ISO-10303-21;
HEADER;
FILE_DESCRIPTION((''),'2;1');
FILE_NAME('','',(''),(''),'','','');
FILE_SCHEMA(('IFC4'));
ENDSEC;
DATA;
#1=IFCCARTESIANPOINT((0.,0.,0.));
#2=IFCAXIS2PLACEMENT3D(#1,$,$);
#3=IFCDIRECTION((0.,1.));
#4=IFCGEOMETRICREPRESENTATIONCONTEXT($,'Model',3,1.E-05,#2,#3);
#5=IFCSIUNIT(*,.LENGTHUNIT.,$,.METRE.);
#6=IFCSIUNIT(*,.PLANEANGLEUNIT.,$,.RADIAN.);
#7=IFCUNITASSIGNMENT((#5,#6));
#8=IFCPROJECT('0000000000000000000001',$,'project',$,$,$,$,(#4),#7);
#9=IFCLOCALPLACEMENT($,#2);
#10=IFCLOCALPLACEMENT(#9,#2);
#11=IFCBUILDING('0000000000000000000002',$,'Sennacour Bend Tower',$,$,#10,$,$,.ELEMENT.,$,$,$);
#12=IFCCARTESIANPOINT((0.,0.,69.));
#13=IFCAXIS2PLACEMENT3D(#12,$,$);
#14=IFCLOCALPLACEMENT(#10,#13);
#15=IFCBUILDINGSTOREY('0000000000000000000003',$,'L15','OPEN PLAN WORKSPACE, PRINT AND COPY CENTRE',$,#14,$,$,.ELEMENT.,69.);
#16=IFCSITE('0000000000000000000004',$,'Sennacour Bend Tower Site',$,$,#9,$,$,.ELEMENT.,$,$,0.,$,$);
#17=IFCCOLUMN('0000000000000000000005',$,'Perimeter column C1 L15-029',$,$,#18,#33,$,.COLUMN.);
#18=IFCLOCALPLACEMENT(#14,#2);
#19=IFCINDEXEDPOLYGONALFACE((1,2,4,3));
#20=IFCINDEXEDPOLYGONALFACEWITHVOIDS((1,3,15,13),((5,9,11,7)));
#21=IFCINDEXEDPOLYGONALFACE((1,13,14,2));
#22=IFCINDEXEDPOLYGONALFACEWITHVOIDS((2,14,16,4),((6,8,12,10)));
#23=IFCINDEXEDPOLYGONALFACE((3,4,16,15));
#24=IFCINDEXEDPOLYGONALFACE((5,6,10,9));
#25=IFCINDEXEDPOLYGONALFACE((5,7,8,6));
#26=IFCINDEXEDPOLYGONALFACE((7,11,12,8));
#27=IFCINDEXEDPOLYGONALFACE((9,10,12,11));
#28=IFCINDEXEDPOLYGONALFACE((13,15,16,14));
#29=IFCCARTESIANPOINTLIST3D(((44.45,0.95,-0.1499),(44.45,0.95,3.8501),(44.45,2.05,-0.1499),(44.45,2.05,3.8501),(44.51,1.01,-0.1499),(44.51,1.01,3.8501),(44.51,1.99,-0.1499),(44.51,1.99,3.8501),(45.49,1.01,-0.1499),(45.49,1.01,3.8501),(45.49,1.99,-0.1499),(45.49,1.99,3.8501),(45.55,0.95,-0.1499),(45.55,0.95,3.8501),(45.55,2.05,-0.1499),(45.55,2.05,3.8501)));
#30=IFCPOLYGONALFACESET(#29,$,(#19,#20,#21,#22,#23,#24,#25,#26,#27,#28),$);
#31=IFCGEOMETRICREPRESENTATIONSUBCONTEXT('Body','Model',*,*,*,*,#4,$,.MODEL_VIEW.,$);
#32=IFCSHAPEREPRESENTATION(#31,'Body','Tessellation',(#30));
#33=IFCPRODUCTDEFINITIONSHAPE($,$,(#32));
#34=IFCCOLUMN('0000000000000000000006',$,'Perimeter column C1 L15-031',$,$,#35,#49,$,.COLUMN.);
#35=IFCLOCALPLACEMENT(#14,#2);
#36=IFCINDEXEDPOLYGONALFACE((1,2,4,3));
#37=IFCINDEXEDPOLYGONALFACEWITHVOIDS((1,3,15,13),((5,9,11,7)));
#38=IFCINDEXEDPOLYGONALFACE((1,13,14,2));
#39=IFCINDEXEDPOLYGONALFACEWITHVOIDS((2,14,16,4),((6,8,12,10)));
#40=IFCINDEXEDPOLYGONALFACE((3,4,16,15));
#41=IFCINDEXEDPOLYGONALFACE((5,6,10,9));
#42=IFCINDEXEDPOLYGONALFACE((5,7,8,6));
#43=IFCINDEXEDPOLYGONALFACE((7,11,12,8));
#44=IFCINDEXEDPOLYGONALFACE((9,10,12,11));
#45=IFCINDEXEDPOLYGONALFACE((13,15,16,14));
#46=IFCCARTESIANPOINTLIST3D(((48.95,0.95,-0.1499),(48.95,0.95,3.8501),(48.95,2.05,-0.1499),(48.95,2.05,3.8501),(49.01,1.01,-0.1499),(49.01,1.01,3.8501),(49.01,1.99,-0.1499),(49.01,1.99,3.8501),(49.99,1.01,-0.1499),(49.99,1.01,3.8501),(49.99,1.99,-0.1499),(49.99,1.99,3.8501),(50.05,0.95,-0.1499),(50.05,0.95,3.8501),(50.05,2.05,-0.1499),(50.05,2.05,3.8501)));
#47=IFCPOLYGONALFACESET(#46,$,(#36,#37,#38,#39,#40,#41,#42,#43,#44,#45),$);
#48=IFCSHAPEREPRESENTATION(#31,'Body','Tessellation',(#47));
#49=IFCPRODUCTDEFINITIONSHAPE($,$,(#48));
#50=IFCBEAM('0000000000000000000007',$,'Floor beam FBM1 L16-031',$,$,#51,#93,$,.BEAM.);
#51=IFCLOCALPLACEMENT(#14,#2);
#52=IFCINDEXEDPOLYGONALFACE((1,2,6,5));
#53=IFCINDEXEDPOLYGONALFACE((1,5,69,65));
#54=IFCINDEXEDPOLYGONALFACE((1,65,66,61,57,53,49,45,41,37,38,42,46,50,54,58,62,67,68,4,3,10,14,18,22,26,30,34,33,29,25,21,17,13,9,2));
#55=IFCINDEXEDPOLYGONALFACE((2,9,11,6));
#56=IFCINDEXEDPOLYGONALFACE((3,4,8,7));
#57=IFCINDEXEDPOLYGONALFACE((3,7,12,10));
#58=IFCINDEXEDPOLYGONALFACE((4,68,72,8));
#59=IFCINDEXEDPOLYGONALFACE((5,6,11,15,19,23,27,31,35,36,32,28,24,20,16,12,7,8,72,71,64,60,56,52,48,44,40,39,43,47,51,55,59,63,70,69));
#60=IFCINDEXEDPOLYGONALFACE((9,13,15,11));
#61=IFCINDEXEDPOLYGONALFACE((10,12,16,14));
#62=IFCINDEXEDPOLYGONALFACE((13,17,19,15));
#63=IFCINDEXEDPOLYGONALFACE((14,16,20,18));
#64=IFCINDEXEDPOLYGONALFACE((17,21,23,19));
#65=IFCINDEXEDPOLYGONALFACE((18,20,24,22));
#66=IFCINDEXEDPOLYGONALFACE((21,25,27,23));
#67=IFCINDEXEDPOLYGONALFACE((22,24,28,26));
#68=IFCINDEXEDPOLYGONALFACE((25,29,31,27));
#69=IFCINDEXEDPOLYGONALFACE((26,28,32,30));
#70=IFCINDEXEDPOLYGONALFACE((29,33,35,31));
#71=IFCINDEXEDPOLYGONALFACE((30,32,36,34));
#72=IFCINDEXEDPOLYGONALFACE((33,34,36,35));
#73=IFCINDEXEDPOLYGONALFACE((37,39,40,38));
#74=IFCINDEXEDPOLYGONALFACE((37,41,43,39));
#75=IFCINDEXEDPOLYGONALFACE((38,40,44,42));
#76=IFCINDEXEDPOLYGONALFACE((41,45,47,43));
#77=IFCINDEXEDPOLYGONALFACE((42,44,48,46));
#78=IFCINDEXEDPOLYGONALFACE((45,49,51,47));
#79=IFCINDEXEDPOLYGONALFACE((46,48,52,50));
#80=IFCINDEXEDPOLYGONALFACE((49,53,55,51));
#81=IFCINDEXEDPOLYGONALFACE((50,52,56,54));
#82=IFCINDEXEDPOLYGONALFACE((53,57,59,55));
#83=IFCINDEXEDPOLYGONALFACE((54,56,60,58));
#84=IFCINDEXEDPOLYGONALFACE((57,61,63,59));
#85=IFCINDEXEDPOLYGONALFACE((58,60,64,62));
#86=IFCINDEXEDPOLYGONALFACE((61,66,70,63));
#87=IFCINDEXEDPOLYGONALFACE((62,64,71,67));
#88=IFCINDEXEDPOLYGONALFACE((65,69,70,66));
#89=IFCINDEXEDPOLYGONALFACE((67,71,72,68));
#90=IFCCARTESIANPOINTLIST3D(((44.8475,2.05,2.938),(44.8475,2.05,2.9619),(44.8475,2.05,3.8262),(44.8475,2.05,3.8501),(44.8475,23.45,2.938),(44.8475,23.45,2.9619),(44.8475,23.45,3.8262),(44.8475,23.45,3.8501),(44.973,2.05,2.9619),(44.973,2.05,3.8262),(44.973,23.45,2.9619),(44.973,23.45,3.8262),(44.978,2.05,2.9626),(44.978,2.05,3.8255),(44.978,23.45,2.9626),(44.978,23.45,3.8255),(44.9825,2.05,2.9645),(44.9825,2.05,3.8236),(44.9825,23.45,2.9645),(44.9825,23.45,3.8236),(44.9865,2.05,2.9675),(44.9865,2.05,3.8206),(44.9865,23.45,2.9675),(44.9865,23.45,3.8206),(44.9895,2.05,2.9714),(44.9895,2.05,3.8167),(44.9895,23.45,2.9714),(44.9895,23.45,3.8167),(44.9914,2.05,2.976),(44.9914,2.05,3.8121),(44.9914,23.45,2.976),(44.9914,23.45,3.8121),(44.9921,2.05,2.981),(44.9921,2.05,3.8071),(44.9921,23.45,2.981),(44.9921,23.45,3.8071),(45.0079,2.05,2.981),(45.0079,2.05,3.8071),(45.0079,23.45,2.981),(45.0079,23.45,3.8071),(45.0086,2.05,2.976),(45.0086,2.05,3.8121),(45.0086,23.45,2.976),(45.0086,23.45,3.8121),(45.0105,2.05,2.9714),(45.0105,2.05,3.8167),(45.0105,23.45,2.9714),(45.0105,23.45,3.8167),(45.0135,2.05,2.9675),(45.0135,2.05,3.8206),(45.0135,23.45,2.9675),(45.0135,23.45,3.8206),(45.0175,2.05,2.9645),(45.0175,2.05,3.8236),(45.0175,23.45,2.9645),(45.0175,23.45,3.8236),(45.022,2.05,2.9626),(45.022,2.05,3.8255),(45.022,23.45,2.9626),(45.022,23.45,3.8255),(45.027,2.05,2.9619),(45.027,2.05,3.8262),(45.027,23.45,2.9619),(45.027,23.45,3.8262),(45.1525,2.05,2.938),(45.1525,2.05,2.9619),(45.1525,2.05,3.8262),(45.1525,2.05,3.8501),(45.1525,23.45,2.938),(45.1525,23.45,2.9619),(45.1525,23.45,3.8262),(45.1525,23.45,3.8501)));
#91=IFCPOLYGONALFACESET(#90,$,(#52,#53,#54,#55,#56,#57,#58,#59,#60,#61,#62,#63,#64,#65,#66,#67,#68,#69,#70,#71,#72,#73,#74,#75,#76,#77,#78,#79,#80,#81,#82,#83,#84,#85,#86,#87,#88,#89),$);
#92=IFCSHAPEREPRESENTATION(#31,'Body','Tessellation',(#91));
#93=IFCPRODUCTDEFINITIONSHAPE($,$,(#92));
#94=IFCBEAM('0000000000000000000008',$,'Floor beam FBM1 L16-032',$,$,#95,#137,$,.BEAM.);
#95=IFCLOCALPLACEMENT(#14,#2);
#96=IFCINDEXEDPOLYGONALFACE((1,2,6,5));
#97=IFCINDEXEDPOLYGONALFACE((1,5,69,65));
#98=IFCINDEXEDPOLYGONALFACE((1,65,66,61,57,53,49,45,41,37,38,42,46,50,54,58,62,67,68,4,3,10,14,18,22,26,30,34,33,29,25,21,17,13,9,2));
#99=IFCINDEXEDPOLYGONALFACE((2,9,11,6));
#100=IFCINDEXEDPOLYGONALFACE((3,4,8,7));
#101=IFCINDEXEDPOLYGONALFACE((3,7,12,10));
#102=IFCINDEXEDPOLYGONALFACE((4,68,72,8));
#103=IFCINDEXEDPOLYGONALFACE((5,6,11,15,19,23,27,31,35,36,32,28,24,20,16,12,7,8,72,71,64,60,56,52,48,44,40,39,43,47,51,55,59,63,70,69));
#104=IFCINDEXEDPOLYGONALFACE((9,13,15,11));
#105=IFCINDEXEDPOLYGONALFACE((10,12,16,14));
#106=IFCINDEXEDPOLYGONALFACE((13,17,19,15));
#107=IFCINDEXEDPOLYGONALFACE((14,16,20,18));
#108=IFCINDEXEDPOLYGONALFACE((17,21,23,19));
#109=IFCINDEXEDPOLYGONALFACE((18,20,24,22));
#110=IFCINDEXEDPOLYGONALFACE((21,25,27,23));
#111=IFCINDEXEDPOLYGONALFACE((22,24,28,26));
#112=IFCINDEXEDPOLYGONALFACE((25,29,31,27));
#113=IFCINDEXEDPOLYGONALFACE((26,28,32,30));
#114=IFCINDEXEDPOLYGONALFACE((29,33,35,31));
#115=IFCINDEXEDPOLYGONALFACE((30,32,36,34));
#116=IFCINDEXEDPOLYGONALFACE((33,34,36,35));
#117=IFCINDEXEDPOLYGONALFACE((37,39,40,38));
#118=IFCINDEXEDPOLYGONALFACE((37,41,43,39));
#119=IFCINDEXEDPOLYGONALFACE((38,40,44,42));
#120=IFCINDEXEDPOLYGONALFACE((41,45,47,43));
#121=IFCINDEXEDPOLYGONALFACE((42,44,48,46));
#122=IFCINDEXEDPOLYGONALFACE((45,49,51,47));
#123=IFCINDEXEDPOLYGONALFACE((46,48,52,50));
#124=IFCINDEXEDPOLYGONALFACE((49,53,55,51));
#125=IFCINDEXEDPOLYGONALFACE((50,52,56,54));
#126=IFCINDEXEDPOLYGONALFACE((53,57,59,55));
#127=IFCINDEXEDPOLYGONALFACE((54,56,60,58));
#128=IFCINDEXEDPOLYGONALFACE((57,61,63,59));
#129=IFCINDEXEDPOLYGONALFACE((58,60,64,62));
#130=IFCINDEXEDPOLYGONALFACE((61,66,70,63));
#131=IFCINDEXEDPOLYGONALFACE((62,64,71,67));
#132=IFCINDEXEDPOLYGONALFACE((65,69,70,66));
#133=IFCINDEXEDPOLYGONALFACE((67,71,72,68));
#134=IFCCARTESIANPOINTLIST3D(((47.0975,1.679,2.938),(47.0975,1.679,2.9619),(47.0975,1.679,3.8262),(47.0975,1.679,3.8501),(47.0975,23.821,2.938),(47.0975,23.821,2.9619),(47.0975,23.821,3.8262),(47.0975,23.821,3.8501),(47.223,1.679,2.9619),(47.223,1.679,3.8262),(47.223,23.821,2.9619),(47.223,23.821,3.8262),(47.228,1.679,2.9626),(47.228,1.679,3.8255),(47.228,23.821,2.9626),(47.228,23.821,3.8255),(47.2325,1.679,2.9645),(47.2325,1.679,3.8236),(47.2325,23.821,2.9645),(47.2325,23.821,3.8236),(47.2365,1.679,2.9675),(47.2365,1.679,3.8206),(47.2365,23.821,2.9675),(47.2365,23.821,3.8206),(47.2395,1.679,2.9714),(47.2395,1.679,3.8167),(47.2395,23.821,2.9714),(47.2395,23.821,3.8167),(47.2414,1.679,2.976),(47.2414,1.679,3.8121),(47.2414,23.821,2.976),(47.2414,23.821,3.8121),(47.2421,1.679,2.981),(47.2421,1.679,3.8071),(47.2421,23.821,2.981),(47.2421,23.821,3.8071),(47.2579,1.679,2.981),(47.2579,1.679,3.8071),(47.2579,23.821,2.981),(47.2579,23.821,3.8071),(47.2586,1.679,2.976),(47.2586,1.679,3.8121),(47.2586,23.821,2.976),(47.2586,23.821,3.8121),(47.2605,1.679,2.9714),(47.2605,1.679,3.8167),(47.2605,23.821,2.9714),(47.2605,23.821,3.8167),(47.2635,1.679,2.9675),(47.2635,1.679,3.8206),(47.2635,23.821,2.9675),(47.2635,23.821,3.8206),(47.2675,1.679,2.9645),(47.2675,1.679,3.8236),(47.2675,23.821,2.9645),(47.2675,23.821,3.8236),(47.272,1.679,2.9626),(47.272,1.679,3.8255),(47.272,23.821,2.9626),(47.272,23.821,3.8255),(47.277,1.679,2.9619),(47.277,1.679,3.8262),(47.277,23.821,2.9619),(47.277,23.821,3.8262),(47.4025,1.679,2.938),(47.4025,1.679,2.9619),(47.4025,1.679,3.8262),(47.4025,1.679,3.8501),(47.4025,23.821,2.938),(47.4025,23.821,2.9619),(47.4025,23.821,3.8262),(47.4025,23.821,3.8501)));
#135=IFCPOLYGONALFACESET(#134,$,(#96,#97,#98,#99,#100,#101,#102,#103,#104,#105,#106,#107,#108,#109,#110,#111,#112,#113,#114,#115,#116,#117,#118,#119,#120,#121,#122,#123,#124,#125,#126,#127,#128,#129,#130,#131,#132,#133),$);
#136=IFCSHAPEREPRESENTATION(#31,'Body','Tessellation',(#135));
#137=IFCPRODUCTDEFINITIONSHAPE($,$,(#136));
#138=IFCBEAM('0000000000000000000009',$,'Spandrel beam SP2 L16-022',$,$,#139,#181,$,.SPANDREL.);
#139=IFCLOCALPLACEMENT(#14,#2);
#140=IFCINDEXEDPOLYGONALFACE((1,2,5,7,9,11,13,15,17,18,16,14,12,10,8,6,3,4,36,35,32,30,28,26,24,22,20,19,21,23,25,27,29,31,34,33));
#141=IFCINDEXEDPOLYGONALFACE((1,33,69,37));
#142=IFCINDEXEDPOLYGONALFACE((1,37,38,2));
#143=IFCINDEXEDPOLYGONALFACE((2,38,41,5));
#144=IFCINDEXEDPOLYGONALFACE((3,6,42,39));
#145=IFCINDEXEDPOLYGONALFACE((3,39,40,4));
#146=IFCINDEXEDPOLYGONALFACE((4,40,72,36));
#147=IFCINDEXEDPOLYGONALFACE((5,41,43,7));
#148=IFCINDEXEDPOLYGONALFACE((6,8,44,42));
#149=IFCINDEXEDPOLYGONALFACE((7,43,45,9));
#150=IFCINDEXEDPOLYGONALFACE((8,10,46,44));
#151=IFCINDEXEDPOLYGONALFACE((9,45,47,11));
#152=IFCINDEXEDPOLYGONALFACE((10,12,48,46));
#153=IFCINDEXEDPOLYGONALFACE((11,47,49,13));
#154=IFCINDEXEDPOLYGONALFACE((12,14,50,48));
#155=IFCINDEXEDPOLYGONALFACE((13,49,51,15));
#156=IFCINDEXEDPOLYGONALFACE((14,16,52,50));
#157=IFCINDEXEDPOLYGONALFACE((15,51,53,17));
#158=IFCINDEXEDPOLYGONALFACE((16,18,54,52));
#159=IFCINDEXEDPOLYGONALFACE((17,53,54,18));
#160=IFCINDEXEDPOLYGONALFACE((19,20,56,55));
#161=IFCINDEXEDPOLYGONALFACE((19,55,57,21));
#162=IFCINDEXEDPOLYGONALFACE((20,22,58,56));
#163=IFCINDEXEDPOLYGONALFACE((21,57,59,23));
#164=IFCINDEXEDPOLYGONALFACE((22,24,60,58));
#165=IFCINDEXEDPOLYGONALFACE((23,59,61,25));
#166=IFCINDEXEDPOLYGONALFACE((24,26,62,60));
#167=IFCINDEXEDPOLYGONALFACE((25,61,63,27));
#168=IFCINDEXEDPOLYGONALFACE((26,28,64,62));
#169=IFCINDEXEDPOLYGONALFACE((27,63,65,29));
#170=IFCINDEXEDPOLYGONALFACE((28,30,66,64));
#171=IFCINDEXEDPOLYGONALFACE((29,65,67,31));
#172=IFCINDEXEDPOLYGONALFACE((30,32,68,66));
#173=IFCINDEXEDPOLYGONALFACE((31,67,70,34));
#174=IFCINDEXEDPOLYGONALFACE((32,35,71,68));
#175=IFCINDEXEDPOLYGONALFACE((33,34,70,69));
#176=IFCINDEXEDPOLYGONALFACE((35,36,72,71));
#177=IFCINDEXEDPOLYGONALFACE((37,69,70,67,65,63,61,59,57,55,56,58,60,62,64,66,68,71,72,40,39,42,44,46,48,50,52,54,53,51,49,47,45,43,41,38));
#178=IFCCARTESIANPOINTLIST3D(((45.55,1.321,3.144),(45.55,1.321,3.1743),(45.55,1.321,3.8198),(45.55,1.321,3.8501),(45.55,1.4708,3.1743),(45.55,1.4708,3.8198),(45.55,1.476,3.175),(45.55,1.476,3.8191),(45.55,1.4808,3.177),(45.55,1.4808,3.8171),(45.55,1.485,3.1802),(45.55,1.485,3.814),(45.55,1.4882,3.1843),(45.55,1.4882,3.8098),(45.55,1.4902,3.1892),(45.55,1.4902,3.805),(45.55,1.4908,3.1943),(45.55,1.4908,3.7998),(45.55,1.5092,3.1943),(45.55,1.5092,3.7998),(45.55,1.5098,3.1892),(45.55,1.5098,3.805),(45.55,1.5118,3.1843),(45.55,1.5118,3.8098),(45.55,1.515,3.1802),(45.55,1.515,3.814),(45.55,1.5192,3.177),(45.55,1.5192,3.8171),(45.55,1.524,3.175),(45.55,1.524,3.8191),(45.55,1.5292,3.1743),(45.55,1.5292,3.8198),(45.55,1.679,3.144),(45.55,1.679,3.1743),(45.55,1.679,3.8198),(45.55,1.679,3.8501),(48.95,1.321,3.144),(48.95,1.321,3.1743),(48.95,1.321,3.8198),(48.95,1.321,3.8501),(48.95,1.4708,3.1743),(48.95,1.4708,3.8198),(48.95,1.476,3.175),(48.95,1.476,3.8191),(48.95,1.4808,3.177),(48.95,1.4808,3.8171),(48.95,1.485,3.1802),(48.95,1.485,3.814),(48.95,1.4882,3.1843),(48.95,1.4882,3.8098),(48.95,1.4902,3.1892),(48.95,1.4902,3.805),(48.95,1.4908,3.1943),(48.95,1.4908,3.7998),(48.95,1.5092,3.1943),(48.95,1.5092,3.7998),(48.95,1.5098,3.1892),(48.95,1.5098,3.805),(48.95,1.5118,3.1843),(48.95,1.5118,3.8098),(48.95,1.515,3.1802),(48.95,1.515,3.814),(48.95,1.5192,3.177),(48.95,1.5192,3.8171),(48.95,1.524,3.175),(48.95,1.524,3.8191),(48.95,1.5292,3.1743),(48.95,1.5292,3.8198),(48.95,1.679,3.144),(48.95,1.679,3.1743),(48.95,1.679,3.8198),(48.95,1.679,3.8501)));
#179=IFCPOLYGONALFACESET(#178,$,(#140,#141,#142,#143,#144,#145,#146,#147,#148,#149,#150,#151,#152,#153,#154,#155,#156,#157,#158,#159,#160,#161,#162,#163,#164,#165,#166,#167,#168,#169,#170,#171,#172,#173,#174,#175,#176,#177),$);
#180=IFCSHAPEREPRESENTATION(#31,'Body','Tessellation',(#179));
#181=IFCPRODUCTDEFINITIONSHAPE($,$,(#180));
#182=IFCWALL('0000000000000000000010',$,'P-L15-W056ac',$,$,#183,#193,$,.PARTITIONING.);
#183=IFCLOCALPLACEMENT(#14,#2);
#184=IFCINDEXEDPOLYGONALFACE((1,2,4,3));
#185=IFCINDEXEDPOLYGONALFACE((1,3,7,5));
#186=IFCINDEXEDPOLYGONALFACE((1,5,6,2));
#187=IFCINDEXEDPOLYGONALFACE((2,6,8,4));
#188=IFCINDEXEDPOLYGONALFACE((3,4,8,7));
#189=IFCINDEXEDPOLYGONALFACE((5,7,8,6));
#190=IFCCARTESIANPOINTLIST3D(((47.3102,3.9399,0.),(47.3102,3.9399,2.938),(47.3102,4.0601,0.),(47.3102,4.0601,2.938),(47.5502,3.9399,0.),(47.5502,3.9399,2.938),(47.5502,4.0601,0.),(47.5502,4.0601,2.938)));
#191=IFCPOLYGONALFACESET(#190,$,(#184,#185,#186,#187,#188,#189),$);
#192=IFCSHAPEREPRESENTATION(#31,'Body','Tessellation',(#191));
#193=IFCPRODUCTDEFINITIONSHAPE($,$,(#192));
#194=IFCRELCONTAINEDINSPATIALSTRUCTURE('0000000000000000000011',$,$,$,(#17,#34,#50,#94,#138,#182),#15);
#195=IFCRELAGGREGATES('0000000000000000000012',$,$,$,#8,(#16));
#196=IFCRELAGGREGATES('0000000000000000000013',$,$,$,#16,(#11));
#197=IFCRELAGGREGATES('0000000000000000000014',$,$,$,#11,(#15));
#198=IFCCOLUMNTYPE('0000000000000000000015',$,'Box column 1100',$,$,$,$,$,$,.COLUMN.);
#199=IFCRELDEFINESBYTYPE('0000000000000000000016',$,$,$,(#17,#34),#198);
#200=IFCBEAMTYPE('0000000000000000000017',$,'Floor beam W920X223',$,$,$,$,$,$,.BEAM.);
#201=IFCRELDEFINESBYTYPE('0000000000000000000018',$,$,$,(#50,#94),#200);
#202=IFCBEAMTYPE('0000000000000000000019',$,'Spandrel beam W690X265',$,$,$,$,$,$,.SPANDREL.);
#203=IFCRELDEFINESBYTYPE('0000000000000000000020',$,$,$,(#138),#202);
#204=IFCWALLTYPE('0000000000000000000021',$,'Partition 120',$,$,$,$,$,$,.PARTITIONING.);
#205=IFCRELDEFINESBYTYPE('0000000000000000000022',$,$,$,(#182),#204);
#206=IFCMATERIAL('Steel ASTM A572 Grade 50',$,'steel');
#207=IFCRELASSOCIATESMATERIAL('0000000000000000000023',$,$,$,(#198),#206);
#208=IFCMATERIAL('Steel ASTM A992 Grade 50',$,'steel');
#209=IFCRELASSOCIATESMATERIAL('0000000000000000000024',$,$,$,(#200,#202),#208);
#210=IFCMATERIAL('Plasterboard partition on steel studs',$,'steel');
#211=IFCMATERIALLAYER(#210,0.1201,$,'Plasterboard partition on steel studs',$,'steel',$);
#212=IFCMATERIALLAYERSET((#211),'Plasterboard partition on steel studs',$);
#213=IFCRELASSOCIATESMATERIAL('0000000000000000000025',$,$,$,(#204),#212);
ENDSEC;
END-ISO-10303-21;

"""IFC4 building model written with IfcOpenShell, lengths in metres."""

from ifc_helpers import new_model, si_unit, direction, frame, frame_2d, origin, origin_2d, place, context, subcontext, project, spatial, rectangle, hollow_rectangle, i_section, extrude, material, layer, layer_set, material_profile, profile_set, type_object, element, save


model = new_model("IFC4")

# Units and contexts
model_context = context("Model", 3, precision=1e-05, world=origin(), true_north=direction((0.0, 1.0)))
body_context = subcontext(model_context, "Body", "Model", "MODEL_VIEW")
ifc_project = project(units=[si_unit("LENGTHUNIT", "METRE"), si_unit("PLANEANGLEUNIT", "RADIAN")], contexts=[model_context])

# Site, building, storey
site_placement = place(None, origin())
site = spatial("IfcSite", under=ifc_project, at=site_placement, Name="Sennacour Bend Tower Site", CompositionType="ELEMENT", RefElevation=0.0)
building_placement = place(site_placement, origin())
building = spatial("IfcBuilding", under=site, at=building_placement, Name="Sennacour Bend Tower", CompositionType="ELEMENT")
storey_placement = place(building_placement, frame((0.0, 0.0, 69.0)))
storey = spatial("IfcBuildingStorey", under=building, at=storey_placement, Name="L15", Description="OPEN PLAN WORKSPACE, PRINT AND COPY CENTRE", CompositionType="ELEMENT", Elevation=69.0)

# Columns
ifc_material_1 = material(Name="Steel ASTM A572 Grade 50", Category="steel")
ifc_material_profile_1 = material_profile(ifc_material_1, hollow_rectangle(XDim=1.1001, YDim=1.1001, WallThickness=0.0601, at=origin_2d()), Name="Steel ASTM A572 Grade 50", Category="steel")
ifc_profile_set_1 = profile_set([ifc_material_profile_1], Name="Steel ASTM A572 Grade 50")
column_type = type_object("IfcColumnType", Name="Box column 1100", PredefinedType="COLUMN", material=ifc_profile_set_1)
for number, where, z_axis, x_axis, name in (
    (1, (45.0, 1.5, -0.1499), (0.0, 0.0, 1.0), (1.0, 0.0, 0.0), "Perimeter column C1 L15-029"),
    (2, (49.5, 1.5, -0.1499), (0.0, 0.0, 1.0), (1.0, 0.0, 0.0), "Perimeter column C1 L15-031"),
):
    element("IfcColumn", number, at=place(storey_placement, frame(where, z_axis=z_axis, x_axis=x_axis)), inside=storey, type_object=column_type, Name=name, PredefinedType="COLUMN", context=body_context, shape_type="SweptSolid", body=[
        extrude(hollow_rectangle(XDim=1.1001, YDim=1.1001, WallThickness=0.0601, at=origin_2d()), origin(), (0.0, 0.0, 1.0), 4.0),
    ])

# Beams
ifc_material_2 = material(Name="Steel ASTM A992 Grade 50", Category="steel")
ifc_material_profile_2 = material_profile(ifc_material_2, i_section(OverallWidth=0.3049, OverallDepth=0.9121, WebThickness=0.0159, FlangeThickness=0.0239, FilletRadius=0.019, at=origin_2d()), Name="Steel ASTM A992 Grade 50", Category="steel")
ifc_profile_set_2 = profile_set([ifc_material_profile_2], Name="Steel ASTM A992 Grade 50")
beam_type_1 = type_object("IfcBeamType", Name="Floor beam W920X223", PredefinedType="BEAM", material=ifc_profile_set_2)
beam_1_placement = place(storey_placement, frame((45.0, 2.05, 3.394), z_axis=(0.0, 1.0, 0.0), x_axis=(-1.0, 0.0, 0.0)))
element("IfcBeam", 3, at=beam_1_placement, inside=storey, type_object=beam_type_1, Name="Floor beam FBM1 L16-031", PredefinedType="BEAM", context=body_context, shape_type="SweptSolid", body=[
    extrude(i_section(OverallWidth=0.3049, OverallDepth=0.9121, WebThickness=0.0159, FlangeThickness=0.0239, FilletRadius=0.019, at=origin_2d()), origin(), (0.0, 0.0, 1.0), 21.3999),
])
beam_2_placement = place(storey_placement, frame((47.25, 1.679, 3.394), z_axis=(0.0, 1.0, 0.0), x_axis=(-1.0, 0.0, 0.0)))
element("IfcBeam", 4, at=beam_2_placement, inside=storey, type_object=beam_type_1, Name="Floor beam FBM1 L16-032", PredefinedType="BEAM", context=body_context, shape_type="SweptSolid", body=[
    extrude(i_section(OverallWidth=0.3049, OverallDepth=0.9121, WebThickness=0.0159, FlangeThickness=0.0239, FilletRadius=0.019, at=origin_2d()), origin(), (0.0, 0.0, 1.0), 22.1421),
])
ifc_material_profile_3 = material_profile(ifc_material_2, i_section(OverallWidth=0.3579, OverallDepth=0.7061, WebThickness=0.0183, FlangeThickness=0.0303, FilletRadius=0.02, at=origin_2d()), Name="Steel ASTM A992 Grade 50", Category="steel")
ifc_profile_set_3 = profile_set([ifc_material_profile_3], Name="Steel ASTM A992 Grade 50")
beam_type_2 = type_object("IfcBeamType", Name="Spandrel beam W690X265", PredefinedType="SPANDREL", material=ifc_profile_set_3)
beam_3_placement = place(storey_placement, frame((48.95, 1.5, 3.4971), z_axis=(-1.0, 0.0, 0.0), x_axis=(0.0, -1.0, 0.0)))
element("IfcBeam", 5, at=beam_3_placement, inside=storey, type_object=beam_type_2, Name="Spandrel beam SP2 L16-022", PredefinedType="SPANDREL", context=body_context, shape_type="SweptSolid", body=[
    extrude(i_section(OverallWidth=0.3579, OverallDepth=0.7061, WebThickness=0.0183, FlangeThickness=0.0303, FilletRadius=0.02, at=origin_2d()), origin(), (0.0, 0.0, 1.0), 3.3999),
])

# Wall
ifc_material_3 = material(Name="Plasterboard partition on steel studs", Category="steel")
ifc_layer_1 = layer(ifc_material_3, 0.1201, Name="Plasterboard partition on steel studs", Category="steel")
ifc_layer_set_1 = layer_set([ifc_layer_1], Name="Plasterboard partition on steel studs")
wall_type_1 = type_object("IfcWallType", Name="Partition 120", PredefinedType="PARTITIONING", material=ifc_layer_set_1)
for number, where, z_axis, x_axis, name in (
    (6, (47.3101, 4.0, 0.0), (0.0, 0.0, 1.0), (1.0, 0.0, 0.0), "P-L15-W056ac"),
):
    element("IfcWall", number, at=place(storey_placement, frame(where, z_axis=z_axis, x_axis=x_axis)), inside=storey, type_object=wall_type_1, Name=name, PredefinedType="PARTITIONING", context=body_context, shape_type="SweptSolid", body=[
        extrude(rectangle(XDim=0.24, YDim=0.1201, at=frame_2d((0.1201, 0.0))), origin(), (0.0, 0.0, 1.0), 2.938),
    ])

save(model, "model.ifc")
